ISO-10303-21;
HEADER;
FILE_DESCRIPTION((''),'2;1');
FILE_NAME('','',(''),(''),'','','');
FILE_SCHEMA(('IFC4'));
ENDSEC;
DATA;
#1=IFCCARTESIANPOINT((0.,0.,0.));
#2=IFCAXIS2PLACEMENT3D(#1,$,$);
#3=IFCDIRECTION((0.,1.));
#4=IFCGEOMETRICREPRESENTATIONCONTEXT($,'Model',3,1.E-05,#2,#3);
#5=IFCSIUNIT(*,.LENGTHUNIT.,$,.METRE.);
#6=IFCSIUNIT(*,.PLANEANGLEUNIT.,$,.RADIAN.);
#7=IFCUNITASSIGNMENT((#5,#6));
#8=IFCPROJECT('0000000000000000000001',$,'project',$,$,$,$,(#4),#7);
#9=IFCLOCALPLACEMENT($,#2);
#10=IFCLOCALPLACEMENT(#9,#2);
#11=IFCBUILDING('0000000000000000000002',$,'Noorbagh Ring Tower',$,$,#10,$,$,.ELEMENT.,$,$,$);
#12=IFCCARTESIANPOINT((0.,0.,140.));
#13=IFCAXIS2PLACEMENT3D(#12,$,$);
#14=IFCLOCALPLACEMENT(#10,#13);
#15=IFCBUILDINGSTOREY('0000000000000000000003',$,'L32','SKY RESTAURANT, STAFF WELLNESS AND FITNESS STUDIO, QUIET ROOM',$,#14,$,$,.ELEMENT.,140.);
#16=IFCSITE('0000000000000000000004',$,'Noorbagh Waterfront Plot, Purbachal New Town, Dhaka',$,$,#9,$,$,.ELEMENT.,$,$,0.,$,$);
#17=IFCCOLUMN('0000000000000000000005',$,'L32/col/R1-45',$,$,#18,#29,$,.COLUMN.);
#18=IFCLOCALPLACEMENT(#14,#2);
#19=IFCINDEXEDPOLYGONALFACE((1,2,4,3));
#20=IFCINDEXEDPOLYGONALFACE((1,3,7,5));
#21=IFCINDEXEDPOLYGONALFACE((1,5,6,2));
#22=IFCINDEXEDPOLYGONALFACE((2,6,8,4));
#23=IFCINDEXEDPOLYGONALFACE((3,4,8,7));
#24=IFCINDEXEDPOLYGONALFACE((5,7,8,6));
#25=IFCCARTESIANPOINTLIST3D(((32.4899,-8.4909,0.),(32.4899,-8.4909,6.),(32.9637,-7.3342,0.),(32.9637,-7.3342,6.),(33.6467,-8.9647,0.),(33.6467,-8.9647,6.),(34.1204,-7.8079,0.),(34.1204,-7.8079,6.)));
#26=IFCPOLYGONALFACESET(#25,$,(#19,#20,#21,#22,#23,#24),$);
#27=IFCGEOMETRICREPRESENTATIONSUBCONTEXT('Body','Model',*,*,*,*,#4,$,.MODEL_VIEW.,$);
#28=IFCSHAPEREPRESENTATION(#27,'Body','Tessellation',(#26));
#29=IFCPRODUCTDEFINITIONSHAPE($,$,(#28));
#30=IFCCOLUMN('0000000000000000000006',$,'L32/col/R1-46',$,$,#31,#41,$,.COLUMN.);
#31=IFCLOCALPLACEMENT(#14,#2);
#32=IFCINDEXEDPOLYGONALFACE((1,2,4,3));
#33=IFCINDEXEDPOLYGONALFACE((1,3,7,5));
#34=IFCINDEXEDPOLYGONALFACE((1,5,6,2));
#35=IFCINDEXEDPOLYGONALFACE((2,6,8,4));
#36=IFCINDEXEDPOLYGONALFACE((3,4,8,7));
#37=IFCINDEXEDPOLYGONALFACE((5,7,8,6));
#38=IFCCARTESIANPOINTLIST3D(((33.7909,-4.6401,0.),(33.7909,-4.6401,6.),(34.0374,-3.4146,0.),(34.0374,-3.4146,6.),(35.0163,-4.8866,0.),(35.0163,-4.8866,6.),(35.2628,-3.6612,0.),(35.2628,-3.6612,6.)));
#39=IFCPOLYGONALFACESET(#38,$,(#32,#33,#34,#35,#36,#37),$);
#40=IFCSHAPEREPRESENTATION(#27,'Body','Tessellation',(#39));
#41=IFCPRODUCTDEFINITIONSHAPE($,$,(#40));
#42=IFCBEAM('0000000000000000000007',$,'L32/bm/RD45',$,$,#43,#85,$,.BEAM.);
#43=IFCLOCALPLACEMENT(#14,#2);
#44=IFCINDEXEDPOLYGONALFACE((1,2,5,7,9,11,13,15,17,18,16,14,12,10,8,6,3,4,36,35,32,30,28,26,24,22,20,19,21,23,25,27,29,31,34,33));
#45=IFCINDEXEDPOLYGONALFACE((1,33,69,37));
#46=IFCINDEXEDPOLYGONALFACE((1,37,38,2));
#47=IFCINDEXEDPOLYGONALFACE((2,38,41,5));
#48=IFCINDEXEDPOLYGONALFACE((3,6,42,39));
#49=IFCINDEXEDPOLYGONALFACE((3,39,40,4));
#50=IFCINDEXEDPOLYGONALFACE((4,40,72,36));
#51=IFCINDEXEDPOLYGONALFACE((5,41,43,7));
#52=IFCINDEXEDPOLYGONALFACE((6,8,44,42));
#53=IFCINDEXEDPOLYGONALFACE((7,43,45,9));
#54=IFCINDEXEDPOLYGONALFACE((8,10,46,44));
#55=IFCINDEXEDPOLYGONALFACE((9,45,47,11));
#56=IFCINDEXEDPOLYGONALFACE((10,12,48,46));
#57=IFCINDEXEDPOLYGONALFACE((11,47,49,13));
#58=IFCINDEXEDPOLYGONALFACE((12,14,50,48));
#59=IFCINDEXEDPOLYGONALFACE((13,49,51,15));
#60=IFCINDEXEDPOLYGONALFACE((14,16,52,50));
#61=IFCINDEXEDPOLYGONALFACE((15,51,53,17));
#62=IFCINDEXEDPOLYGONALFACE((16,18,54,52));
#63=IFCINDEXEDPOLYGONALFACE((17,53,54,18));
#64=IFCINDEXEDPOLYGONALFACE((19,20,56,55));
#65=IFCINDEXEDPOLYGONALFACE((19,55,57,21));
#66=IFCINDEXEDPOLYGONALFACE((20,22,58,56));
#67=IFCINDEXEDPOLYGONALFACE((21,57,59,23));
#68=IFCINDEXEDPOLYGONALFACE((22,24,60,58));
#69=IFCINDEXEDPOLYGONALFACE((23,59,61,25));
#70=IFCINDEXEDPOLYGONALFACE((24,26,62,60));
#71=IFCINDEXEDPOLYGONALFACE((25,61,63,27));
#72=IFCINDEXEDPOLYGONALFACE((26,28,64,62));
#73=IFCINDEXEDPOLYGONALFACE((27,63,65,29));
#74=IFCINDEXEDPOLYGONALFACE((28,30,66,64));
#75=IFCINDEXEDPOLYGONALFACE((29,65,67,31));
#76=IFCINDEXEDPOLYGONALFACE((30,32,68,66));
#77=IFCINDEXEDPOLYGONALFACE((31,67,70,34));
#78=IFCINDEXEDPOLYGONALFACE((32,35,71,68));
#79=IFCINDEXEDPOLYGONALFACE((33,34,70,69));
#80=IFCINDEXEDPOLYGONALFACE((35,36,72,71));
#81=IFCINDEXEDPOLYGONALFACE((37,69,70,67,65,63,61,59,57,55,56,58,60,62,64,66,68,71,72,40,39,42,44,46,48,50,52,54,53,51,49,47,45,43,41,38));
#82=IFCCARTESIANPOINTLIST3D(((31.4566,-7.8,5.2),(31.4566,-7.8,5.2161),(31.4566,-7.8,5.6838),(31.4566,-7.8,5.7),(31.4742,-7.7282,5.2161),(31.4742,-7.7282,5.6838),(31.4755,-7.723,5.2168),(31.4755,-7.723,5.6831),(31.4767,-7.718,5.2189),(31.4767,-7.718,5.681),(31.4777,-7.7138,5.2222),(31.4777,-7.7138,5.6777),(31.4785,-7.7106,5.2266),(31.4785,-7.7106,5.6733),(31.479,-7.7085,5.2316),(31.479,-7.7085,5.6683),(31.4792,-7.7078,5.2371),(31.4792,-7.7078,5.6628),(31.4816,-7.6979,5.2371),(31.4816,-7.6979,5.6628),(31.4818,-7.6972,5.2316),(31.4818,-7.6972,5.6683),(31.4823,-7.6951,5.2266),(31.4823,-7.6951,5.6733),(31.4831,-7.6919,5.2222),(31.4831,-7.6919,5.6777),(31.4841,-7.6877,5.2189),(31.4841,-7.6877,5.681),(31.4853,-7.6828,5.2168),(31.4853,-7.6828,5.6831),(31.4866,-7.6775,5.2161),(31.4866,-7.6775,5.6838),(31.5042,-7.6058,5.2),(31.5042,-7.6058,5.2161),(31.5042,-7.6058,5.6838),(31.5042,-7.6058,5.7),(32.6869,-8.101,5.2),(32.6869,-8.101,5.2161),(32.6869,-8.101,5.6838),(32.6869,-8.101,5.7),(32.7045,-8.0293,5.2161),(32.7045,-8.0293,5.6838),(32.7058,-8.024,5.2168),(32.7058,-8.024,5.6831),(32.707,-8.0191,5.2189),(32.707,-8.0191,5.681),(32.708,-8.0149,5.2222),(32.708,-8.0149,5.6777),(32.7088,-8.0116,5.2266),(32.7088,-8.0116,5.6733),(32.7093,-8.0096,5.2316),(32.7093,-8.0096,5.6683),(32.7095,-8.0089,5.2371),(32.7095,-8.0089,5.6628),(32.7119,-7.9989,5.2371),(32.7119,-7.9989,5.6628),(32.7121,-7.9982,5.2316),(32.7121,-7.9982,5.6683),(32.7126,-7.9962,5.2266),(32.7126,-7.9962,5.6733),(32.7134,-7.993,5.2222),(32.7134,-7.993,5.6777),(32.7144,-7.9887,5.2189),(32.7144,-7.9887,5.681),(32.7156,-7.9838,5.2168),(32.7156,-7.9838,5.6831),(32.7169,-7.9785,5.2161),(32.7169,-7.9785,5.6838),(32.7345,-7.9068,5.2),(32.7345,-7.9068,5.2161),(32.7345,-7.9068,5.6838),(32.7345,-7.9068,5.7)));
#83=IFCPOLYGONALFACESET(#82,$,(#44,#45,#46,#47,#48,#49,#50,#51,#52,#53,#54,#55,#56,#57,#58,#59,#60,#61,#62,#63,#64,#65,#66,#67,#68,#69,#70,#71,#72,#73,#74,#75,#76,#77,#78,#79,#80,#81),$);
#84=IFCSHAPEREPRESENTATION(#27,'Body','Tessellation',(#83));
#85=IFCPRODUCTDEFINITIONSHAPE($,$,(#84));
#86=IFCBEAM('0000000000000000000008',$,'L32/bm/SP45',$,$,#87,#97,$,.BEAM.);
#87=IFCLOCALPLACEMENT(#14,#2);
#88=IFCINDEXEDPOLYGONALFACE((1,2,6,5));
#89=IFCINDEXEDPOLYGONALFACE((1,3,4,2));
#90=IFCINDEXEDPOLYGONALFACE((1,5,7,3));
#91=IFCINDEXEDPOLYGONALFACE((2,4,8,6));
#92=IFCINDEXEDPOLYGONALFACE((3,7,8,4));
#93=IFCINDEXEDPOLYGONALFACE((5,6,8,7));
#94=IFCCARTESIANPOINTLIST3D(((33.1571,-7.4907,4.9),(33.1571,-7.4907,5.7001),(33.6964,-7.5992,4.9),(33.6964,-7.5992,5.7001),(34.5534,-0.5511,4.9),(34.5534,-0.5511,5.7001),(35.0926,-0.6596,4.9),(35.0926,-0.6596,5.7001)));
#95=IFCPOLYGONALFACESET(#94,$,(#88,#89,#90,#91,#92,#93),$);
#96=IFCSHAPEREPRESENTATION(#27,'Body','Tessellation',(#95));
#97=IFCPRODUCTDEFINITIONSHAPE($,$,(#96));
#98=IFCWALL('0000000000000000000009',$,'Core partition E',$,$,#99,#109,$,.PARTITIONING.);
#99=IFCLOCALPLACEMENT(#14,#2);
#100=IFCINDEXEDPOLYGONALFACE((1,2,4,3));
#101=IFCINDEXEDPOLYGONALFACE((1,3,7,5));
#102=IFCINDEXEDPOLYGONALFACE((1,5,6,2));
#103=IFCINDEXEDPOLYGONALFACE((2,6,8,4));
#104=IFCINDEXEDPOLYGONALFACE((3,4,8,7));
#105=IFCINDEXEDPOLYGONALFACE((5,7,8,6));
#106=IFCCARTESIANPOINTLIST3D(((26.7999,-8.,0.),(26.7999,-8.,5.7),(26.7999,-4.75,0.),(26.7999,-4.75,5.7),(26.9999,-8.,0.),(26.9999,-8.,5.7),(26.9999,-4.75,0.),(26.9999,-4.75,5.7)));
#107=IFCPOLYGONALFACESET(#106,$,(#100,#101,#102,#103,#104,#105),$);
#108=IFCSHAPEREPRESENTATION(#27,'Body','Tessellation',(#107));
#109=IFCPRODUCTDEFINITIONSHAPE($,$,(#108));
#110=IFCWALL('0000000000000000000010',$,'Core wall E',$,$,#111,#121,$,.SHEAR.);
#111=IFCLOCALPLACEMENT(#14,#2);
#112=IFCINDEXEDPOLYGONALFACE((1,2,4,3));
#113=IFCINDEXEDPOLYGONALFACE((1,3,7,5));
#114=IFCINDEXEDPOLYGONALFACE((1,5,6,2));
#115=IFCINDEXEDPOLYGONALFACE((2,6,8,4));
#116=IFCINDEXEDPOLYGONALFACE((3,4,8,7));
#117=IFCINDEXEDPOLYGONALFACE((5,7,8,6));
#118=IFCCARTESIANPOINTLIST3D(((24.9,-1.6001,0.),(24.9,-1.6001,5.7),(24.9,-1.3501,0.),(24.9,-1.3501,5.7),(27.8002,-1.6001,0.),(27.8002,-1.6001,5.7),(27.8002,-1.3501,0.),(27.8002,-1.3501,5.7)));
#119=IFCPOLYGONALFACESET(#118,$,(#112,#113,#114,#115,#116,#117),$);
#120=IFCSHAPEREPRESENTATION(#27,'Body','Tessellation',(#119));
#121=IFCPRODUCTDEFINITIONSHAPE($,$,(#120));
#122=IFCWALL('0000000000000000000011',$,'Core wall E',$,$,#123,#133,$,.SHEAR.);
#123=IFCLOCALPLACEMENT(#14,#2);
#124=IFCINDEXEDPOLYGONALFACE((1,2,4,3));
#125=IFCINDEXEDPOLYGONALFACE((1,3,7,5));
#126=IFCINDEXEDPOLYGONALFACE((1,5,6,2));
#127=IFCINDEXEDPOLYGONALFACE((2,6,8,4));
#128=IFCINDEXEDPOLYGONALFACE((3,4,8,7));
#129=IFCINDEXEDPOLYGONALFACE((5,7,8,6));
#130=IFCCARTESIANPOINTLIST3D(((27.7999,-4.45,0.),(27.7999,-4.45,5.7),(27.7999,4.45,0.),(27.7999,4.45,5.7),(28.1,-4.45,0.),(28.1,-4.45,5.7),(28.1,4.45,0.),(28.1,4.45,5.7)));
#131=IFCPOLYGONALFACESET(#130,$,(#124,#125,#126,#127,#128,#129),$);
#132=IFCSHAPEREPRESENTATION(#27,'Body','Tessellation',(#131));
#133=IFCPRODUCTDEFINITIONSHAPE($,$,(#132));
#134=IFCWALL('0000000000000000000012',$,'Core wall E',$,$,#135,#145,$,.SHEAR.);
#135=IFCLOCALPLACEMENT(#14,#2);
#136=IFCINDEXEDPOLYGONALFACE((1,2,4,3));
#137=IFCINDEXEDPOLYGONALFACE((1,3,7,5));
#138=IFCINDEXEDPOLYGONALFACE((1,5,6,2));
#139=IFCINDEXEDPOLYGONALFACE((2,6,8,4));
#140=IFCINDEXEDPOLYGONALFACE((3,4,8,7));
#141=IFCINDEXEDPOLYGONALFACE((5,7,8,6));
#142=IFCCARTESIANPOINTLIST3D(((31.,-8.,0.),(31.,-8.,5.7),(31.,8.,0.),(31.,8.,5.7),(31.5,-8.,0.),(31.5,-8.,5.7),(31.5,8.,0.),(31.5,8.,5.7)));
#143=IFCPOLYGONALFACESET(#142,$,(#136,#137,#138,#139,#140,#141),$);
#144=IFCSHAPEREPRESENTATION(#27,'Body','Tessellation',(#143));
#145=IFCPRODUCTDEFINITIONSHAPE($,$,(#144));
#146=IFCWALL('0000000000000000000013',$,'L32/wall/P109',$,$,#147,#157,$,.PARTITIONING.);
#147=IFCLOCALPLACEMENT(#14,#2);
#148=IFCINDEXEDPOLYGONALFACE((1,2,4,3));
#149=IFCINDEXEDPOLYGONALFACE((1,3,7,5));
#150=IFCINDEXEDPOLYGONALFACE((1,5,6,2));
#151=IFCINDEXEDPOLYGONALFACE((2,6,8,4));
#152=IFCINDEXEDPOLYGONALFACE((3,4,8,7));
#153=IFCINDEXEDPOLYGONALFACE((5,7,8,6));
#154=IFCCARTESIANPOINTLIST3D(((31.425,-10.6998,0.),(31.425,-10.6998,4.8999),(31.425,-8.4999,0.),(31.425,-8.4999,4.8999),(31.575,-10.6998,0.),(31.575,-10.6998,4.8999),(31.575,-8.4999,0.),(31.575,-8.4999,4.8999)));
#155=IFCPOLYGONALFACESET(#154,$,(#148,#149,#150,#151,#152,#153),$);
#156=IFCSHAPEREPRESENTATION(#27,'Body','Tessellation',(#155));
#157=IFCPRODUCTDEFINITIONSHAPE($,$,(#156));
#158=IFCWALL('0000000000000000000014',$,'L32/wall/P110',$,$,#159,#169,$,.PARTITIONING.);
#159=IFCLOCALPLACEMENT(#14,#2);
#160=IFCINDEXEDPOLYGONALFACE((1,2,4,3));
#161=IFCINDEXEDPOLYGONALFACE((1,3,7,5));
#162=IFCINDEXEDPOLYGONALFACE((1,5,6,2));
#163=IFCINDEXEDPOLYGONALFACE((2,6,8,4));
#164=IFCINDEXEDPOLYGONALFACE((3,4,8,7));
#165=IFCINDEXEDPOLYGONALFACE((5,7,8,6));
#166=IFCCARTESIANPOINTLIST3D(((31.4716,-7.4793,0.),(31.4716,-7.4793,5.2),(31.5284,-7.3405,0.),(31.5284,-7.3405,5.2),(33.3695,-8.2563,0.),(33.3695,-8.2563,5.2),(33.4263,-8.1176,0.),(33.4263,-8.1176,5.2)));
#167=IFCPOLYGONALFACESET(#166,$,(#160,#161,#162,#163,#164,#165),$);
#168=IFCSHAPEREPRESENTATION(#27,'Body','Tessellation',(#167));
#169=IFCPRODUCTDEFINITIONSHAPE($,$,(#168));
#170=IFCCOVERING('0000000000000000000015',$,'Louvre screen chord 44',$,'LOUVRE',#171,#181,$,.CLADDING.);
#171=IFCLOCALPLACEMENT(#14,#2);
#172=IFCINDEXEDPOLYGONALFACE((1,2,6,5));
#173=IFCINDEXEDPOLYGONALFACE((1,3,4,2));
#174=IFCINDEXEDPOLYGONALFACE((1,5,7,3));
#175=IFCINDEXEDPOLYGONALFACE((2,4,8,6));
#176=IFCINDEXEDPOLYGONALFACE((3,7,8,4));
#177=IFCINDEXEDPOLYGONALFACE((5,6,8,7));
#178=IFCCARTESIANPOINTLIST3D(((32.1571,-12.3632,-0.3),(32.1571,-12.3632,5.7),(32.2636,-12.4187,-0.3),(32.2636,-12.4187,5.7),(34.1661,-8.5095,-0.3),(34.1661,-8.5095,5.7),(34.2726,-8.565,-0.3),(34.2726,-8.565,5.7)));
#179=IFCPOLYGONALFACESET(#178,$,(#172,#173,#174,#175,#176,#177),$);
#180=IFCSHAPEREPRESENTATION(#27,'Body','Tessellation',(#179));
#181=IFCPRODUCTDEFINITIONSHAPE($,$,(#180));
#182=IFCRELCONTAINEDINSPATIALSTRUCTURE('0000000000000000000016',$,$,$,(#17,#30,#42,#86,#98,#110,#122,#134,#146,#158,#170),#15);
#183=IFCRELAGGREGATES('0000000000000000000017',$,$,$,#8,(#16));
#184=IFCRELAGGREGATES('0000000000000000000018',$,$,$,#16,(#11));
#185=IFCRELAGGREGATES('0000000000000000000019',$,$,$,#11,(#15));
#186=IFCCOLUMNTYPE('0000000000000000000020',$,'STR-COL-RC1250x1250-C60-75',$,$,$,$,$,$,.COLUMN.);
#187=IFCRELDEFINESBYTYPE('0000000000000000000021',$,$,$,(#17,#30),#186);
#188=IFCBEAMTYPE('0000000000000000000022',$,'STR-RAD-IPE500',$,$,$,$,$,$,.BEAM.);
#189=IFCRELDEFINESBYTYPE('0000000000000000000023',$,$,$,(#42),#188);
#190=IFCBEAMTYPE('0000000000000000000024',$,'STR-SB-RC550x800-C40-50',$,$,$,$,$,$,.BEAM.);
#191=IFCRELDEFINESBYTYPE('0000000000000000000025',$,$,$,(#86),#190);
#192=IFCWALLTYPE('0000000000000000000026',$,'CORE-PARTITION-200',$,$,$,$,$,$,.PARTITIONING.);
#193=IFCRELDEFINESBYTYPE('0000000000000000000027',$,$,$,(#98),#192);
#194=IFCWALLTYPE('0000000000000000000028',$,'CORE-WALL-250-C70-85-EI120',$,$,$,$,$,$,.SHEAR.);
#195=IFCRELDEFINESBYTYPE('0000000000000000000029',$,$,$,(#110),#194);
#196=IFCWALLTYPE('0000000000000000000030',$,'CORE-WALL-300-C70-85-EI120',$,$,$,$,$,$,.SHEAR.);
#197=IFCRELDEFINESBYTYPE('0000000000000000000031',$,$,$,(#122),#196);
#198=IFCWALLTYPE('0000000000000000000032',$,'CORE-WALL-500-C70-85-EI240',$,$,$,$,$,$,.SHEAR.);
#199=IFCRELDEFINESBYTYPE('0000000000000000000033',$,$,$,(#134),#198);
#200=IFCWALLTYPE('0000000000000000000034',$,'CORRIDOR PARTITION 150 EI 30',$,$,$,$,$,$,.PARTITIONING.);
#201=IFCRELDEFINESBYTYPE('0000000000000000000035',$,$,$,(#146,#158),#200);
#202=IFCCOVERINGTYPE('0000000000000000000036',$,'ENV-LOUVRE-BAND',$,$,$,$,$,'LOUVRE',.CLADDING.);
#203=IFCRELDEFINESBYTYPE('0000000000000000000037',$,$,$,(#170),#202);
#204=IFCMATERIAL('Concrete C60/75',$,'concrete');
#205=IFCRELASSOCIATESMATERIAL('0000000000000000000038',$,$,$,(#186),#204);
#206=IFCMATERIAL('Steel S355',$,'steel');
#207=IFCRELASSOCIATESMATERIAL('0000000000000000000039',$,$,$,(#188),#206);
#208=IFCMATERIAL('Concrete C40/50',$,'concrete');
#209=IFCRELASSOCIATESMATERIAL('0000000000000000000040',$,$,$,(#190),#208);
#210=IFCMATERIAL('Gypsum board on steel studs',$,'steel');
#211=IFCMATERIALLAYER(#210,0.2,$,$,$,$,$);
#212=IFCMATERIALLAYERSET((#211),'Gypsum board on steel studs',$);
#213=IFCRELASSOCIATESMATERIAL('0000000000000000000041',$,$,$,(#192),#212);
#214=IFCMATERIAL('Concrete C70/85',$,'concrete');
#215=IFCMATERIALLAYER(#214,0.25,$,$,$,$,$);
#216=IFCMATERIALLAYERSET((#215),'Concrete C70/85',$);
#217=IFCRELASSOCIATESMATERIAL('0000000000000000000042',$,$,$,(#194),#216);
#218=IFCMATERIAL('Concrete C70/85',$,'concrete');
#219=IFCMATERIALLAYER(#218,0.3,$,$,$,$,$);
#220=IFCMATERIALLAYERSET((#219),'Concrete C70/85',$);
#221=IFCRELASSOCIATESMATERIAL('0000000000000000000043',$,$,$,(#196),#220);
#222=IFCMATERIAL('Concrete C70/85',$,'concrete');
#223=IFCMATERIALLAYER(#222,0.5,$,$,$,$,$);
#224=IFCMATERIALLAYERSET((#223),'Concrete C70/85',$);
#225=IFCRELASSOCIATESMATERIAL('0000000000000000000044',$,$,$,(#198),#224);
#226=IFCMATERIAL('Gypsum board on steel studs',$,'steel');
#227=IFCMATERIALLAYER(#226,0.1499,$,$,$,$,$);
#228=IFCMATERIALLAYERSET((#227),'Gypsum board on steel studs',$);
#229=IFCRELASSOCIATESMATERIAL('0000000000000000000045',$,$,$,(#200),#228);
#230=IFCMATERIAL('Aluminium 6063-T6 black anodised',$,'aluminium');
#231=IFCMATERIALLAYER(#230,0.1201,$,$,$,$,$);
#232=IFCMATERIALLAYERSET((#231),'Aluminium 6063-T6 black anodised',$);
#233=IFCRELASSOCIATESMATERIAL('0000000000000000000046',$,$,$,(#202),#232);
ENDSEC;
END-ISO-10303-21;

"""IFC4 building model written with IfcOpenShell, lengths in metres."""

from ifc_helpers import new_model, si_unit, direction, frame, frame_2d, origin, origin_2d, place, context, subcontext, project, spatial, rectangle, i_section, extrude, material, layer, layer_set, material_profile, profile_set, type_object, element, save


model = new_model("IFC4")

# Units and contexts
model_context = context("Model", 3, precision=1e-05, world=origin(), true_north=direction((0.0, 1.0)))
body_context = subcontext(model_context, "Body", "Model", "MODEL_VIEW")
ifc_project = project(units=[si_unit("LENGTHUNIT", "METRE"), si_unit("PLANEANGLEUNIT", "RADIAN")], contexts=[model_context])

# Site, building, storey
site_placement = place(None, origin())
site = spatial("IfcSite", under=ifc_project, at=site_placement, Name="Noorbagh Waterfront Plot, Purbachal New Town, Dhaka", CompositionType="ELEMENT", RefElevation=0.0)
building_placement = place(site_placement, origin())
building = spatial("IfcBuilding", under=site, at=building_placement, Name="Noorbagh Ring Tower", CompositionType="ELEMENT")
storey_placement = place(building_placement, frame((0.0, 0.0, 140.0)))
storey = spatial("IfcBuildingStorey", under=building, at=storey_placement, Name="L32", Description="SKY RESTAURANT, STAFF WELLNESS AND FITNESS STUDIO, QUIET ROOM", CompositionType="ELEMENT", Elevation=140.0)

# Columns
ifc_material_1 = material(Name="Concrete C60/75", Category="concrete")
ifc_material_profile_1 = material_profile(ifc_material_1, rectangle(XDim=1.25, YDim=1.25, at=origin_2d()), Name="RC1250x1250")
ifc_profile_set_1 = profile_set([ifc_material_profile_1], Name="Concrete C60/75")
column_type = type_object("IfcColumnType", Name="STR-COL-RC1250x1250-C60-75", PredefinedType="COLUMN", material=ifc_profile_set_1)
for number, where, z_axis, x_axis, name in (
    (1, (33.3052, -8.1494, 0.0), (0.0, 0.0, 1.0), (0.378989, 0.925401, 0.0), "L32/col/R1-45"),
    (2, (34.5269, -4.1506, 0.0), (0.0, 0.0, 1.0), (0.19723, 0.980357, 0.0), "L32/col/R1-46"),
):
    element("IfcColumn", number, at=place(storey_placement, frame(where, z_axis=z_axis, x_axis=x_axis)), inside=storey, type_object=column_type, Name=name, PredefinedType="COLUMN", context=body_context, shape_type="SweptSolid", body=[
        extrude(rectangle(XDim=1.25, YDim=1.25, at=origin_2d()), origin(), (0.0, 0.0, 1.0), 6.0),
    ])

# Beams
ifc_material_2 = material(Name="Steel S355", Category="steel")
ifc_material_profile_2 = material_profile(ifc_material_2, i_section(OverallWidth=0.2, OverallDepth=0.5, WebThickness=0.0103, FlangeThickness=0.0161, FilletRadius=0.021, at=origin_2d()), Name="IPE500")
ifc_profile_set_2 = profile_set([ifc_material_profile_2], Name="Steel S355")
beam_type_1 = type_object("IfcBeamType", Name="STR-RAD-IPE500", PredefinedType="BEAM", material=ifc_profile_set_2)
beam_1_placement = place(storey_placement, frame((32.7107, -8.0039, 5.45), z_axis=(-0.971344, 0.237679, 0.0), x_axis=(-0.237679, -0.971344, 0.0)))
element("IfcBeam", 3, at=beam_1_placement, inside=storey, type_object=beam_type_1, Name="L32/bm/RD45", PredefinedType="BEAM", context=body_context, shape_type="SweptSolid", body=[
    extrude(i_section(OverallWidth=0.2, OverallDepth=0.5, WebThickness=0.0103, FlangeThickness=0.0161, FilletRadius=0.021, at=origin_2d()), origin(), (0.0, 0.0, 1.0), 1.2666),
])
ifc_material_3 = material(Name="Concrete C40/50", Category="concrete")
ifc_material_profile_3 = material_profile(ifc_material_3, rectangle(XDim=0.55, YDim=0.8, at=origin_2d()), Name="RC550x800")
ifc_profile_set_3 = profile_set([ifc_material_profile_3], Name="Concrete C40/50")
beam_type_2 = type_object("IfcBeamType", Name="STR-SB-RC550x800-C40-50", PredefinedType="BEAM", material=ifc_profile_set_3)
beam_2_placement = place(storey_placement, frame((33.4268, -7.5449, 5.3), z_axis=(0.19725, 0.980353, 0.0), x_axis=(-0.980353, 0.19725, 0.0)))
element("IfcBeam", 4, at=beam_2_placement, inside=storey, type_object=beam_type_2, Name="L32/bm/SP45", PredefinedType="BEAM", context=body_context, shape_type="SweptSolid", body=[
    extrude(rectangle(XDim=0.55, YDim=0.8, at=origin_2d()), origin(), (0.0, 0.0, 1.0), 7.0786),
])

# Walls
ifc_material_4 = material(Name="Gypsum board on steel studs", Category="steel")
ifc_layer_1 = layer(ifc_material_4, 0.2)
ifc_layer_set_1 = layer_set([ifc_layer_1], Name="Gypsum board on steel studs")
wall_type_1 = type_object("IfcWallType", Name="CORE-PARTITION-200", PredefinedType="PARTITIONING", material=ifc_layer_set_1)
wall_1_placement = place(storey_placement, frame((26.8999, -8.0, 0.0), z_axis=(0.0, 0.0, 1.0), x_axis=(0.0, 1.0, 0.0)))
element("IfcWall", 5, at=wall_1_placement, inside=storey, type_object=wall_type_1, Name="Core partition E", PredefinedType="PARTITIONING", context=body_context, shape_type="SweptSolid", body=[
    extrude(rectangle(XDim=3.25, YDim=0.2, at=frame_2d((1.625, 0.0))), origin(), (0.0, 0.0, 1.0), 5.7),
])
ifc_material_5 = material(Name="Concrete C70/85", Category="concrete")
ifc_layer_2 = layer(ifc_material_5, 0.25)
ifc_layer_set_2 = layer_set([ifc_layer_2], Name="Concrete C70/85")
wall_type_2 = type_object("IfcWallType", Name="CORE-WALL-250-C70-85-EI120", PredefinedType="SHEAR", material=ifc_layer_set_2)
wall_2_placement = place(storey_placement, frame((24.8999, -1.4751, 0.0), z_axis=(0.0, 0.0, 1.0), x_axis=(1.0, 0.0, 0.0)))
element("IfcWall", 6, at=wall_2_placement, inside=storey, type_object=wall_type_2, Name="Core wall E", PredefinedType="SHEAR", context=body_context, shape_type="SweptSolid", body=[
    extrude(rectangle(XDim=2.9001, YDim=0.25, at=frame_2d((1.4502, 0.0))), origin(), (0.0, 0.0, 1.0), 5.7),
])
ifc_material_6 = material(Name="Concrete C70/85", Category="concrete")
ifc_layer_3 = layer(ifc_material_6, 0.3)
ifc_layer_set_3 = layer_set([ifc_layer_3], Name="Concrete C70/85")
wall_type_3 = type_object("IfcWallType", Name="CORE-WALL-300-C70-85-EI120", PredefinedType="SHEAR", material=ifc_layer_set_3)
wall_3_placement = place(storey_placement, frame((27.95, -4.45, 0.0), z_axis=(0.0, 0.0, 1.0), x_axis=(0.0, 1.0, 0.0)))
element("IfcWall", 7, at=wall_3_placement, inside=storey, type_object=wall_type_3, Name="Core wall E", PredefinedType="SHEAR", context=body_context, shape_type="SweptSolid", body=[
    extrude(rectangle(XDim=8.8999, YDim=0.3, at=frame_2d((4.45, 0.0))), origin(), (0.0, 0.0, 1.0), 5.7),
])
ifc_material_7 = material(Name="Concrete C70/85", Category="concrete")
ifc_layer_4 = layer(ifc_material_7, 0.5)
ifc_layer_set_4 = layer_set([ifc_layer_4], Name="Concrete C70/85")
wall_type_4 = type_object("IfcWallType", Name="CORE-WALL-500-C70-85-EI240", PredefinedType="SHEAR", material=ifc_layer_set_4)
wall_4_placement = place(storey_placement, frame((31.25, -8.0, 0.0), z_axis=(0.0, 0.0, 1.0), x_axis=(0.0, 1.0, 0.0)))
element("IfcWall", 8, at=wall_4_placement, inside=storey, type_object=wall_type_4, Name="Core wall E", PredefinedType="SHEAR", context=body_context, shape_type="SweptSolid", body=[
    extrude(rectangle(XDim=16.0, YDim=0.5, at=frame_2d((8.0, 0.0))), origin(), (0.0, 0.0, 1.0), 5.7),
])
ifc_material_8 = material(Name="Gypsum board on steel studs", Category="steel")
ifc_layer_5 = layer(ifc_material_8, 0.1499)
ifc_layer_set_5 = layer_set([ifc_layer_5], Name="Gypsum board on steel studs")
wall_type_5 = type_object("IfcWallType", Name="CORRIDOR PARTITION 150 EI 30", PredefinedType="PARTITIONING", material=ifc_layer_set_5)
wall_5_placement = place(storey_placement, frame((31.5, -10.7, 0.0), z_axis=(0.0, 0.0, 1.0), x_axis=(0.0, 1.0, 0.0)))
element("IfcWall", 9, at=wall_5_placement, inside=storey, type_object=wall_type_5, Name="L32/wall/P109", PredefinedType="PARTITIONING", context=body_context, shape_type="SweptSolid", body=[
    extrude(rectangle(XDim=2.2, YDim=0.1499, at=frame_2d((1.1001, 0.0))), origin(), (0.0, 0.0, 1.0), 4.8999),
])
wall_6_placement = place(storey_placement, frame((31.5, -7.4099, 0.0), z_axis=(0.0, 0.0, 1.0), x_axis=(0.925433, -0.378911, 0.0)))
element("IfcWall", 10, at=wall_6_placement, inside=storey, type_object=wall_type_5, Name="L32/wall/P110", PredefinedType="PARTITIONING", context=body_context, shape_type="SweptSolid", body=[
    extrude(rectangle(XDim=2.0508, YDim=0.1499, at=frame_2d((1.0254, 0.0))), origin(), (0.0, 0.0, 1.0), 5.2),
])

# Covering
ifc_material_9 = material(Name="Aluminium 6063-T6 black anodised", Category="aluminium")
ifc_layer_6 = layer(ifc_material_9, 0.1201)
ifc_layer_set_6 = layer_set([ifc_layer_6], Name="Aluminium 6063-T6 black anodised")
covering_type_1 = type_object("IfcCoveringType", Name="ENV-LOUVRE-BAND", ElementType="LOUVRE", PredefinedType="CLADDING", material=ifc_layer_set_6)
covering_1_placement = place(storey_placement, frame((33.2148, -10.4641, -0.3), z_axis=(0.0, 0.0, 1.0), x_axis=(0.462278, 0.886735, 0.0)))
element("IfcCovering", 11, at=covering_1_placement, inside=storey, type_object=covering_type_1, Name="Louvre screen chord 44", ObjectType="LOUVRE", PredefinedType="CLADDING", context=body_context, shape_type="SweptSolid", body=[
    extrude(rectangle(XDim=4.3459, YDim=0.1201, at=origin_2d()), origin(), (0.0, 0.0, 1.0), 6.0),
])

save(model, "model.ifc")
